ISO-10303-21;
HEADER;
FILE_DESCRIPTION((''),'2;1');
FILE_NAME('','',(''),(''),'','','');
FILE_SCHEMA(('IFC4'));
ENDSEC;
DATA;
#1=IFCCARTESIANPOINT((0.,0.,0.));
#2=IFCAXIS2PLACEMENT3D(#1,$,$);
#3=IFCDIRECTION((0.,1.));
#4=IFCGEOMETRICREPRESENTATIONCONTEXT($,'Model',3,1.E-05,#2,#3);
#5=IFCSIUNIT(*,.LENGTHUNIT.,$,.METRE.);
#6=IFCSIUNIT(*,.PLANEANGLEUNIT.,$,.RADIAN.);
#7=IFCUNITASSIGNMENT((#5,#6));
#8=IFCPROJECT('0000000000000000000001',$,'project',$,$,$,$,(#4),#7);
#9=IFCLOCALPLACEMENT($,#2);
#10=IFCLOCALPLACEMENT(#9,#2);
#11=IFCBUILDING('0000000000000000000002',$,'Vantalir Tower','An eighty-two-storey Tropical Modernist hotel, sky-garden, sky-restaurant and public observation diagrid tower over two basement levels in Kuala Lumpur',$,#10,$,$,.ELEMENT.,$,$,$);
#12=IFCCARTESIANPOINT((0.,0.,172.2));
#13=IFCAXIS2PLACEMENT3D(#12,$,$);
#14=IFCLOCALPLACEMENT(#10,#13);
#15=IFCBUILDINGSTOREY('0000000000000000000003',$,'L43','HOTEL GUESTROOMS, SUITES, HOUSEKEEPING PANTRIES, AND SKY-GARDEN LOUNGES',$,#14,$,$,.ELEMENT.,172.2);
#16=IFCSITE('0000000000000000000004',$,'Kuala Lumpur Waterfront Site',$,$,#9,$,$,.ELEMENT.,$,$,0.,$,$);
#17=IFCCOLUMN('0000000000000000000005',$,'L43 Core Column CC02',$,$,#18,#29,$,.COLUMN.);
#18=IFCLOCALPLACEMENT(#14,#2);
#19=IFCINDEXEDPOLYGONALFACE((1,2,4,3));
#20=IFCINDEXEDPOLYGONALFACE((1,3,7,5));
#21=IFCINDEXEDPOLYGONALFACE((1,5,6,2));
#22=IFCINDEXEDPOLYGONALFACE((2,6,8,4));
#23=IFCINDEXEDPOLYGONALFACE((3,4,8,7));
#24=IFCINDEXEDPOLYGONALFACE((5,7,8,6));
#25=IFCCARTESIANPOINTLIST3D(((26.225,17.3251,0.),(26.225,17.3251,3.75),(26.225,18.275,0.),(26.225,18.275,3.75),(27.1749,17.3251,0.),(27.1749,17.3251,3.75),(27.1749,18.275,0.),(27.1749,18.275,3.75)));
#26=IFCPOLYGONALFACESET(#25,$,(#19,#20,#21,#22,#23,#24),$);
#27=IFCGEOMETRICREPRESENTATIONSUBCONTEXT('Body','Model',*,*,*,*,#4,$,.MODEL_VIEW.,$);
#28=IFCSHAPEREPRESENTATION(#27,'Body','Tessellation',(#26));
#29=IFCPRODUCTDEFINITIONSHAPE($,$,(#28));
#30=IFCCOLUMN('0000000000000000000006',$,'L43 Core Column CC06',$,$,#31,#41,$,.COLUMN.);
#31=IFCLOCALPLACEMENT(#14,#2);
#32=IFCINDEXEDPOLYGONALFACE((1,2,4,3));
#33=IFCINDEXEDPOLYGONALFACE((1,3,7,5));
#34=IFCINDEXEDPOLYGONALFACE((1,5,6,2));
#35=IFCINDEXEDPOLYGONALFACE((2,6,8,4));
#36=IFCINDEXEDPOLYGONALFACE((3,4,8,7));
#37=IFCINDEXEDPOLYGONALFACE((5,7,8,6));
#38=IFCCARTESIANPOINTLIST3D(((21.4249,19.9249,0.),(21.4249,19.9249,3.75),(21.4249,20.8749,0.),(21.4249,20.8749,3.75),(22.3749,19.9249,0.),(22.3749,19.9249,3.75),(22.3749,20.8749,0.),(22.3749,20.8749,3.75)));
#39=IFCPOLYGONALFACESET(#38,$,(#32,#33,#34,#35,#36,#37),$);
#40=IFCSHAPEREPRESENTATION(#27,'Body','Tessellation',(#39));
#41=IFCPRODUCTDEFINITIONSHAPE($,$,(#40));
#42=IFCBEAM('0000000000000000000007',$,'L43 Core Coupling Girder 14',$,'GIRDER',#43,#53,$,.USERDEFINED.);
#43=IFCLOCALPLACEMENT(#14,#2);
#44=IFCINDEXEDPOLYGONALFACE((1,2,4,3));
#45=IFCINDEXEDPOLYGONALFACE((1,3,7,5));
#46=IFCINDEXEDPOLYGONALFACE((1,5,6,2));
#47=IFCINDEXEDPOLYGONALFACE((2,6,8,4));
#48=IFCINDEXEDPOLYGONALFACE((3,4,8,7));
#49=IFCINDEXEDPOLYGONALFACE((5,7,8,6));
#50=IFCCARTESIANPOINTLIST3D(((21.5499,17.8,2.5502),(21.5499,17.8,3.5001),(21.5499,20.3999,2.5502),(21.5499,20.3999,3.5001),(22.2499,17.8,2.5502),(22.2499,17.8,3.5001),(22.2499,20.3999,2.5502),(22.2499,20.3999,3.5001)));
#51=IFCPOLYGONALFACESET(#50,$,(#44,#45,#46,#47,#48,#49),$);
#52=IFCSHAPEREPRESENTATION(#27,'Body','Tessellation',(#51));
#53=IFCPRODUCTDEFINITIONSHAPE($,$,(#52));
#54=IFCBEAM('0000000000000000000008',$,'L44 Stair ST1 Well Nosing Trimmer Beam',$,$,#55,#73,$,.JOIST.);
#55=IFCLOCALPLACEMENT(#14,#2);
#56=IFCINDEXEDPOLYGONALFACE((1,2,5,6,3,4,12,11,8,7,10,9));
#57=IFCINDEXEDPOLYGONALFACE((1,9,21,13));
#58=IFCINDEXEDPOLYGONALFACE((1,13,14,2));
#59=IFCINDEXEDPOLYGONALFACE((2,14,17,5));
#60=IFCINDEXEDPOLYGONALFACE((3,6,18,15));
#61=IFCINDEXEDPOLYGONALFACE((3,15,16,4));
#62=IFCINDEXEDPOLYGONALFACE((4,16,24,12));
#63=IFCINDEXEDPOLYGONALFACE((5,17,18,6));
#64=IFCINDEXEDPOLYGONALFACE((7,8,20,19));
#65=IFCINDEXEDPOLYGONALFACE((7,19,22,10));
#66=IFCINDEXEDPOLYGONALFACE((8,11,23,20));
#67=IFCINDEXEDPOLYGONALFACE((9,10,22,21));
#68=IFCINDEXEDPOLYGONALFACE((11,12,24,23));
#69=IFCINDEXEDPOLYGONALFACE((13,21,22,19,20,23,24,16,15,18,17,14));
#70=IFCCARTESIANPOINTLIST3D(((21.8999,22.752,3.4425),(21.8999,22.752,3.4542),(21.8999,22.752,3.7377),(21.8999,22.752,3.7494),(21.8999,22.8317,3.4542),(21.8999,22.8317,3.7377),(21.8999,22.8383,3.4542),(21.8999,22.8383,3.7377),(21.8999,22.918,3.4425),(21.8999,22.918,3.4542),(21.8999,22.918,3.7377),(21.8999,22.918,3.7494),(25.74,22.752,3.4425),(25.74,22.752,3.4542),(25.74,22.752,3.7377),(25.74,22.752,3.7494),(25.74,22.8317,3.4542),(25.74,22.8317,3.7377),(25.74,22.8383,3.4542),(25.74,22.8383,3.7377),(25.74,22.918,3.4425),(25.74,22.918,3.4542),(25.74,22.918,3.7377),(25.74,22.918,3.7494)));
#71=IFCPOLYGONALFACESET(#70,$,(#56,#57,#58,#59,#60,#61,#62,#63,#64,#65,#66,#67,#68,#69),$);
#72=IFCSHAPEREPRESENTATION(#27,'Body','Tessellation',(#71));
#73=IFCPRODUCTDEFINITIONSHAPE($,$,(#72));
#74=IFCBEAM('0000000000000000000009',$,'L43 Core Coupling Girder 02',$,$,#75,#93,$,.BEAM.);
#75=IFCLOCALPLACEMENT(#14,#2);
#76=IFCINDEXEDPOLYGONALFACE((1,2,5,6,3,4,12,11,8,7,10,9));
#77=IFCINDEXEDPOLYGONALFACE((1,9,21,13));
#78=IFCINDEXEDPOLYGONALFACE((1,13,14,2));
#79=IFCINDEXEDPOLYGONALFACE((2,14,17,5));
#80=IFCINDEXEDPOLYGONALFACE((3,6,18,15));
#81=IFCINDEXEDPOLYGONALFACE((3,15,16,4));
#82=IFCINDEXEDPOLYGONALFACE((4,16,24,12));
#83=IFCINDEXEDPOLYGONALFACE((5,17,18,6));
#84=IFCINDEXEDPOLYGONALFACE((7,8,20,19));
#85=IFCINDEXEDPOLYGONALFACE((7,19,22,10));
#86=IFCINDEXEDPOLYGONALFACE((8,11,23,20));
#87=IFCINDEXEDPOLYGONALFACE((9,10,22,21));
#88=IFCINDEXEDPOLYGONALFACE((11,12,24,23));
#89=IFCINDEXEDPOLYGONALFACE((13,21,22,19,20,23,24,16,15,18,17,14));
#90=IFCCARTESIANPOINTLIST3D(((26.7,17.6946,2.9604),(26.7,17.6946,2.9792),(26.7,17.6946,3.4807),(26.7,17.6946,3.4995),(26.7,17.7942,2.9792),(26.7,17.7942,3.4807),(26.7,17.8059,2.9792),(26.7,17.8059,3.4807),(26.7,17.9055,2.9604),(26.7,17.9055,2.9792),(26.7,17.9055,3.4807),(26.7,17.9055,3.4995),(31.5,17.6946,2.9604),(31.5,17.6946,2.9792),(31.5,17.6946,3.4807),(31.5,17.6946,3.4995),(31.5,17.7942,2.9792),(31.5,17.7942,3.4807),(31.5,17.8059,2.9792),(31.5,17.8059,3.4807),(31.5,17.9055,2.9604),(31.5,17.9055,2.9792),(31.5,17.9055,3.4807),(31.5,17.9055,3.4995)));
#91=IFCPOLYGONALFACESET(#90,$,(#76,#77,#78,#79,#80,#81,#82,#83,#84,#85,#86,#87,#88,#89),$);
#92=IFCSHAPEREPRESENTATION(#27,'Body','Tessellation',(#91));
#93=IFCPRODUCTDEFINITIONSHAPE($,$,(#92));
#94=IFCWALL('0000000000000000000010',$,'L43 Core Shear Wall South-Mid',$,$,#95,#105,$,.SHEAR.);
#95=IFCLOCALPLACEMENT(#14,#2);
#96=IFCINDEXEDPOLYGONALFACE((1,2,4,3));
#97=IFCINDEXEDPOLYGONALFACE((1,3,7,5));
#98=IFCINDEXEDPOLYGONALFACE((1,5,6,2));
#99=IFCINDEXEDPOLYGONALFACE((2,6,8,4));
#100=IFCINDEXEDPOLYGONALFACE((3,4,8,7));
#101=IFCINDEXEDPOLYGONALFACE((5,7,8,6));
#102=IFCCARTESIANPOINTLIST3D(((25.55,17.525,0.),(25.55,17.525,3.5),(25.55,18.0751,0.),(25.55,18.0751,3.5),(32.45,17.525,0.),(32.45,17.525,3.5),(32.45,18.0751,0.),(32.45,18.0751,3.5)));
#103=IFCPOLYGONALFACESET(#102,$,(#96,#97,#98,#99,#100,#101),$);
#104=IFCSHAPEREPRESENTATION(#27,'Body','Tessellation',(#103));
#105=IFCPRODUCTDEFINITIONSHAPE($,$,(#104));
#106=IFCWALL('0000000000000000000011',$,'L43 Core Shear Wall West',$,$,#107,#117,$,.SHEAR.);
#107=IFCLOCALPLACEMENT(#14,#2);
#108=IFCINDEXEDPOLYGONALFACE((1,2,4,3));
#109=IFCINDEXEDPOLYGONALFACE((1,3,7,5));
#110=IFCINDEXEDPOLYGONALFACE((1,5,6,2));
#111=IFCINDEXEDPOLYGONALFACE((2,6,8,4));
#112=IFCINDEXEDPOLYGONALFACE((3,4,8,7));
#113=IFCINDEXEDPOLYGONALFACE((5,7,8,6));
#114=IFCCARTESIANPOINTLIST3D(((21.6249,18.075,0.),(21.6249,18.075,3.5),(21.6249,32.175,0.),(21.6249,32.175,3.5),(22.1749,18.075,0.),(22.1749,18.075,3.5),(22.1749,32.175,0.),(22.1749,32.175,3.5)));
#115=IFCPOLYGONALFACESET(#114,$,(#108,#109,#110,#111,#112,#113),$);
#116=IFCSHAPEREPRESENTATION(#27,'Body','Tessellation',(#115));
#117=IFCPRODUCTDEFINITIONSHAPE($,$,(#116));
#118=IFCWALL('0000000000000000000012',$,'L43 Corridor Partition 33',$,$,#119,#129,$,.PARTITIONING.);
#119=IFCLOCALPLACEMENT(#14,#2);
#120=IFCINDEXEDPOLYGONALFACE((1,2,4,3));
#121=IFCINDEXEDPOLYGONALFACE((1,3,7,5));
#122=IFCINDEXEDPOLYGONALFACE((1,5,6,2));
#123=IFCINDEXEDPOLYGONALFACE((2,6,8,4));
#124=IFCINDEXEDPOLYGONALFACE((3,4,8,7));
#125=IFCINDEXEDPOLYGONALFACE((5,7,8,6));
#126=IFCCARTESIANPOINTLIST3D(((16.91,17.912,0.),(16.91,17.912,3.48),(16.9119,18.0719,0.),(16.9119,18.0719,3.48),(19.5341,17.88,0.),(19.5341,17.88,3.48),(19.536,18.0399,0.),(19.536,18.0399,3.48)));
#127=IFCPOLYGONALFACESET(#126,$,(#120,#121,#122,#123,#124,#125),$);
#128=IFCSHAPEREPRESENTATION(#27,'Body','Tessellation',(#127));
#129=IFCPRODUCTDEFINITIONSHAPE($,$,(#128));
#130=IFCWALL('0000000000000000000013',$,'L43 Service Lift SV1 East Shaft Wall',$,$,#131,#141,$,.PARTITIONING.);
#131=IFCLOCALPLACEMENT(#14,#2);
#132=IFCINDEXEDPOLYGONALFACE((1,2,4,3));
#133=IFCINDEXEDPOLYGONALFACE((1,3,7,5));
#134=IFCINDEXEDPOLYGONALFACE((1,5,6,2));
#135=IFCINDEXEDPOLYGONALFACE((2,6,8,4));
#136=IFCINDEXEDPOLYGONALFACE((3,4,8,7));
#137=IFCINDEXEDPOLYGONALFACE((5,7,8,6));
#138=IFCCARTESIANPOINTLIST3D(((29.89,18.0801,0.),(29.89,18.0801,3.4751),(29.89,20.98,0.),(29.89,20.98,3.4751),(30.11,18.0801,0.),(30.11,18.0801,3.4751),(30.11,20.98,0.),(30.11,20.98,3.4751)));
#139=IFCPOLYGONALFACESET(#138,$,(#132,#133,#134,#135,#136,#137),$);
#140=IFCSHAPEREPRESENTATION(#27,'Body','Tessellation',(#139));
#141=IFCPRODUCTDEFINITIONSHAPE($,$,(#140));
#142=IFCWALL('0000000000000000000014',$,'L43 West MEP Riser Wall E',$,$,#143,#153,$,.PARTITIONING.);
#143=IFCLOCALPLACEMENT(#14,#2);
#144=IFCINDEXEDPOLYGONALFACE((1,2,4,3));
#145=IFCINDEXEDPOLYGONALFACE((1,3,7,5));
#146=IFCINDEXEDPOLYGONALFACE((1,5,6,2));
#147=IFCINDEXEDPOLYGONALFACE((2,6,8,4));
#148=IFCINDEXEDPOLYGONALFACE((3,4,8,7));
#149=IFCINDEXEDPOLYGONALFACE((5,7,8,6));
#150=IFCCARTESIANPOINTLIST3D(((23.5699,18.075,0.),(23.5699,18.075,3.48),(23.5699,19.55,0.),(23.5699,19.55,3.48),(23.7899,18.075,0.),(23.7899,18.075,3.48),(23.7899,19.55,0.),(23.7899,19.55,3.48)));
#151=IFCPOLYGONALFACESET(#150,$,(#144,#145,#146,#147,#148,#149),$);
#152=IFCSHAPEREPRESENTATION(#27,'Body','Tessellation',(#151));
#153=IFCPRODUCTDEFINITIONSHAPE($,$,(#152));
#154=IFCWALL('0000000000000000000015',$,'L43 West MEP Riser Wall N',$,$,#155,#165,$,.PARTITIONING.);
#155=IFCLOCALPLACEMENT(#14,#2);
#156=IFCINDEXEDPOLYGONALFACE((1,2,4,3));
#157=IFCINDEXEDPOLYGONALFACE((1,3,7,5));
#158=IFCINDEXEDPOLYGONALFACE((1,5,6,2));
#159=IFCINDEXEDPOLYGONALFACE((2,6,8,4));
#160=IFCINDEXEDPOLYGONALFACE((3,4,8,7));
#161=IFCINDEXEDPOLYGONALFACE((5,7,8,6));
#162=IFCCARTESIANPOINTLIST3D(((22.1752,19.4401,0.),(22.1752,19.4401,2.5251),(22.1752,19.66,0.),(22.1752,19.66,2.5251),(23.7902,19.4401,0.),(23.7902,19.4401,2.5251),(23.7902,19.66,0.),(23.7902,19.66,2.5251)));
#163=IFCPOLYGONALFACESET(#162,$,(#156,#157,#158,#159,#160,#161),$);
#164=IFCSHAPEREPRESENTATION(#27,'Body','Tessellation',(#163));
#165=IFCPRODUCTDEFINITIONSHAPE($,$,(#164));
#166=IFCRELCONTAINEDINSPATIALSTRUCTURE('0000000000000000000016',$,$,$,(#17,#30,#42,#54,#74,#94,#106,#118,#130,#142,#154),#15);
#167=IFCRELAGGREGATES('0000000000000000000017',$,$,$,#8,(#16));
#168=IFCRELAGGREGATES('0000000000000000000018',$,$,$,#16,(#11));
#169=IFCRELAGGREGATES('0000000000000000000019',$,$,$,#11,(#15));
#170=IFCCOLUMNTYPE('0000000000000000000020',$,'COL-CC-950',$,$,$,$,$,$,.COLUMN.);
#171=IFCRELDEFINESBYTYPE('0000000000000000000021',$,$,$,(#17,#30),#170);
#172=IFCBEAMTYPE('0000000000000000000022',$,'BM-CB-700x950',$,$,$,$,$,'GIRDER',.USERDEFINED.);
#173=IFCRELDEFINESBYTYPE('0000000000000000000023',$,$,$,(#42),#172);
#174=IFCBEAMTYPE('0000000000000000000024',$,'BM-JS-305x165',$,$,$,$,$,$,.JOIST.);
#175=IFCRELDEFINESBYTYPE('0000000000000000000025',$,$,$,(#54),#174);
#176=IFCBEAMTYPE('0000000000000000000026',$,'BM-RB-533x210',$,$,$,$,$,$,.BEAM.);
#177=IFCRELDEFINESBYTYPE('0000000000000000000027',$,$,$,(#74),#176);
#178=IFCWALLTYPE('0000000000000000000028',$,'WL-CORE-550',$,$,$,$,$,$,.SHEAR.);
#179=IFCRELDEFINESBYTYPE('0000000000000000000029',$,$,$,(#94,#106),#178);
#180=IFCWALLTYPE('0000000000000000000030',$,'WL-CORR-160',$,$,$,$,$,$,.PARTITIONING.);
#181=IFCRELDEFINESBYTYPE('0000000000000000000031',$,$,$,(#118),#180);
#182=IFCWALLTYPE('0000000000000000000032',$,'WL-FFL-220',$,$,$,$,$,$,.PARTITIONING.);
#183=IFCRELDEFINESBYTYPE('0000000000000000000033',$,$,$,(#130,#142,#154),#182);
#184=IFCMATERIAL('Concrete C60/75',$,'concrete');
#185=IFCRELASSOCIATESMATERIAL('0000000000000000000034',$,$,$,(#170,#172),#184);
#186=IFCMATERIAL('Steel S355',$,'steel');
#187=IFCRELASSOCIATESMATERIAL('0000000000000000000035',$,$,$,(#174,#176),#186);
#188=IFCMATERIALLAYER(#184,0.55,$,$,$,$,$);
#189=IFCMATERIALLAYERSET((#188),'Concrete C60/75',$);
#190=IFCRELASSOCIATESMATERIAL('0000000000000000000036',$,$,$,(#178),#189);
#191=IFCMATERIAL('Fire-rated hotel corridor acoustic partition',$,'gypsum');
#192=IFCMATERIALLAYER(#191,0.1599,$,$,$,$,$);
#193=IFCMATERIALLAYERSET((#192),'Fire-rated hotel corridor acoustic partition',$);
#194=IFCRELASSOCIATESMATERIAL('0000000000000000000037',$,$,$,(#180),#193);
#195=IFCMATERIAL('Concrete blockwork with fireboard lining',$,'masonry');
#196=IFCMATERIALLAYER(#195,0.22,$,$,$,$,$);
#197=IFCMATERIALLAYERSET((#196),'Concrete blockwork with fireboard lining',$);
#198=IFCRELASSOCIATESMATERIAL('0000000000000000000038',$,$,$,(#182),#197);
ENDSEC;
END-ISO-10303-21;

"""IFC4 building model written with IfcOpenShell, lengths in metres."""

from ifc_helpers import new_model, si_unit, direction, frame, frame_2d, origin, origin_2d, place, context, subcontext, project, spatial, rectangle, i_section, extrude, material, layer, layer_set, material_profile, profile_set, type_object, element, save


model = new_model("IFC4")

# Units and contexts
model_context = context("Model", 3, precision=1e-05, world=origin(), true_north=direction((0.0, 1.0)))
body_context = subcontext(model_context, "Body", "Model", "MODEL_VIEW")
ifc_project = project(units=[si_unit("LENGTHUNIT", "METRE"), si_unit("PLANEANGLEUNIT", "RADIAN")], contexts=[model_context])

# Site, building, storey
site_placement = place(None, origin())
site = spatial("IfcSite", under=ifc_project, at=site_placement, Name="Kuala Lumpur Waterfront Site", CompositionType="ELEMENT", RefElevation=0.0)
building_placement = place(site_placement, origin())
building = spatial("IfcBuilding", under=site, at=building_placement, Name="Vantalir Tower", Description="An eighty-two-storey Tropical Modernist hotel, sky-garden, sky-restaurant and public observation diagrid tower over two basement levels in Kuala Lumpur", CompositionType="ELEMENT")
storey_placement = place(building_placement, frame((0.0, 0.0, 172.2)))
storey = spatial("IfcBuildingStorey", under=building, at=storey_placement, Name="L43", Description="HOTEL GUESTROOMS, SUITES, HOUSEKEEPING PANTRIES, AND SKY-GARDEN LOUNGES", CompositionType="ELEMENT", Elevation=172.2)

# Columns
ifc_material_1 = material(Name="Concrete C60/75", Category="concrete")
ifc_material_profile_1 = material_profile(ifc_material_1, rectangle(XDim=0.95, YDim=0.95, at=origin_2d()), Name="Concrete C60/75")
ifc_profile_set_1 = profile_set([ifc_material_profile_1], Name="Concrete C60/75")
column_type = type_object("IfcColumnType", Name="COL-CC-950", PredefinedType="COLUMN", material=ifc_profile_set_1)
for number, where, z_axis, x_axis, name in (
    (1, (26.7, 17.8, 0.0), (0.0, 0.0, 1.0), (1.0, 0.0, 0.0), "L43 Core Column CC02"),
    (2, (21.8999, 20.3999, 0.0), (0.0, 0.0, 1.0), (1.0, 0.0, 0.0), "L43 Core Column CC06"),
):
    element("IfcColumn", number, at=place(storey_placement, frame(where, z_axis=z_axis, x_axis=x_axis)), inside=storey, type_object=column_type, Name=name, PredefinedType="COLUMN", context=body_context, shape_type="SweptSolid", body=[
        extrude(rectangle(XDim=0.95, YDim=0.95, at=origin_2d()), origin(), (0.0, 0.0, 1.0), 3.75),
    ])

# Beams
ifc_material_profile_2 = material_profile(ifc_material_1, rectangle(XDim=0.7, YDim=0.95, at=origin_2d()), Name="Concrete C60/75")
ifc_profile_set_2 = profile_set([ifc_material_profile_2], Name="Concrete C60/75")
beam_type_1 = type_object("IfcBeamType", Name="BM-CB-700x950", ElementType="GIRDER", PredefinedType="USERDEFINED", material=ifc_profile_set_2)
beam_1_placement = place(storey_placement, frame((21.8999, 20.3999, 3.0251), z_axis=(0.0, -1.0, 0.0), x_axis=(1.0, 0.0, 0.0)))
element("IfcBeam", 3, at=beam_1_placement, inside=storey, type_object=beam_type_1, Name="L43 Core Coupling Girder 14", ObjectType="GIRDER", PredefinedType="USERDEFINED", context=body_context, shape_type="SweptSolid", body=[
    extrude(rectangle(XDim=0.7, YDim=0.95, at=origin_2d()), origin(), (0.0, 0.0, 1.0), 2.5999),
])
ifc_material_2 = material(Name="Steel S355", Category="steel")
ifc_material_profile_3 = material_profile(ifc_material_2, i_section(OverallWidth=0.166, OverallDepth=0.3069, WebThickness=0.0066, FlangeThickness=0.0117, at=origin_2d()), Name="Steel S355")
ifc_profile_set_3 = profile_set([ifc_material_profile_3], Name="Steel S355")
beam_type_2 = type_object("IfcBeamType", Name="BM-JS-305x165", PredefinedType="JOIST", material=ifc_profile_set_3)
beam_2_placement = place(storey_placement, frame((21.8999, 22.835, 3.5959), z_axis=(1.0, 0.0, 0.0), x_axis=(0.0, 1.0, 0.0)))
element("IfcBeam", 4, at=beam_2_placement, inside=storey, type_object=beam_type_2, Name="L44 Stair ST1 Well Nosing Trimmer Beam", PredefinedType="JOIST", context=body_context, shape_type="SweptSolid", body=[
    extrude(i_section(OverallWidth=0.166, OverallDepth=0.3069, WebThickness=0.0066, FlangeThickness=0.0117, at=origin_2d()), origin(), (0.0, 0.0, 1.0), 3.8401),
])
ifc_material_profile_4 = material_profile(ifc_material_2, i_section(OverallWidth=0.2109, OverallDepth=0.5391, WebThickness=0.0117, FlangeThickness=0.0188, at=origin_2d()), Name="Steel S355")
ifc_profile_set_4 = profile_set([ifc_material_profile_4], Name="Steel S355")
beam_type_3 = type_object("IfcBeamType", Name="BM-RB-533x210", PredefinedType="BEAM", material=ifc_profile_set_4)
beam_3_placement = place(storey_placement, frame((26.7, 17.8, 3.23), z_axis=(1.0, 0.0, 0.0), x_axis=(0.0, 1.0, 0.0)))
element("IfcBeam", 5, at=beam_3_placement, inside=storey, type_object=beam_type_3, Name="L43 Core Coupling Girder 02", PredefinedType="BEAM", context=body_context, shape_type="SweptSolid", body=[
    extrude(i_section(OverallWidth=0.2109, OverallDepth=0.5391, WebThickness=0.0117, FlangeThickness=0.0188, at=origin_2d()), origin(), (0.0, 0.0, 1.0), 4.8),
])

# Walls
ifc_layer_1 = layer(ifc_material_1, 0.55)
ifc_layer_set_1 = layer_set([ifc_layer_1], Name="Concrete C60/75")
wall_type_1 = type_object("IfcWallType", Name="WL-CORE-550", PredefinedType="SHEAR", material=ifc_layer_set_1)
wall_1_placement = place(storey_placement, frame((25.55, 17.8, 0.0), z_axis=(0.0, 0.0, 1.0), x_axis=(1.0, 0.0, 0.0)))
element("IfcWall", 6, at=wall_1_placement, inside=storey, type_object=wall_type_1, Name="L43 Core Shear Wall South-Mid", PredefinedType="SHEAR", context=body_context, shape_type="SweptSolid", body=[
    extrude(rectangle(XDim=6.8999, YDim=0.55, at=frame_2d((3.45, 0.0))), origin(), (0.0, 0.0, 1.0), 3.5),
])
wall_2_placement = place(storey_placement, frame((21.8999, 18.075, 0.0), z_axis=(0.0, 0.0, 1.0), x_axis=(0.0, 1.0, 0.0)))
element("IfcWall", 7, at=wall_2_placement, inside=storey, type_object=wall_type_1, Name="L43 Core Shear Wall West", PredefinedType="SHEAR", context=body_context, shape_type="SweptSolid", body=[
    extrude(rectangle(XDim=14.1001, YDim=0.55, at=frame_2d((7.05, 0.0))), origin(), (0.0, 0.0, 1.0), 3.5),
])
ifc_material_3 = material(Name="Fire-rated hotel corridor acoustic partition", Category="gypsum")
ifc_layer_2 = layer(ifc_material_3, 0.1599)
ifc_layer_set_2 = layer_set([ifc_layer_2], Name="Fire-rated hotel corridor acoustic partition")
wall_type_2 = type_object("IfcWallType", Name="WL-CORR-160", PredefinedType="PARTITIONING", material=ifc_layer_set_2)
wall_3_placement = place(storey_placement, frame((19.5349, 17.96, 0.0), z_axis=(0.0, 0.0, 1.0), x_axis=(-0.999926, 0.012187, 0.0)))
element("IfcWall", 8, at=wall_3_placement, inside=storey, type_object=wall_type_2, Name="L43 Corridor Partition 33", PredefinedType="PARTITIONING", context=body_context, shape_type="SweptSolid", body=[
    extrude(rectangle(XDim=2.6243, YDim=0.1599, at=frame_2d((1.312, 0.0))), origin(), (0.0, 0.0, 1.0), 3.48),
])
ifc_material_4 = material(Name="Concrete blockwork with fireboard lining", Category="masonry")
ifc_layer_3 = layer(ifc_material_4, 0.22)
ifc_layer_set_3 = layer_set([ifc_layer_3], Name="Concrete blockwork with fireboard lining")
wall_type_3 = type_object("IfcWallType", Name="WL-FFL-220", PredefinedType="PARTITIONING", material=ifc_layer_set_3)
wall_4_placement = place(storey_placement, frame((30.0, 18.0801, 0.0), z_axis=(0.0, 0.0, 1.0), x_axis=(0.0, 1.0, 0.0)))
element("IfcWall", 9, at=wall_4_placement, inside=storey, type_object=wall_type_3, Name="L43 Service Lift SV1 East Shaft Wall", PredefinedType="PARTITIONING", context=body_context, shape_type="SweptSolid", body=[
    extrude(rectangle(XDim=2.8999, YDim=0.22, at=frame_2d((1.45, 0.0))), origin(), (0.0, 0.0, 1.0), 3.4751),
])
wall_5_placement = place(storey_placement, frame((23.6799, 18.075, 0.0), z_axis=(0.0, 0.0, 1.0), x_axis=(0.0, 1.0, 0.0)))
element("IfcWall", 10, at=wall_5_placement, inside=storey, type_object=wall_type_3, Name="L43 West MEP Riser Wall E", PredefinedType="PARTITIONING", context=body_context, shape_type="SweptSolid", body=[
    extrude(rectangle(XDim=1.4751, YDim=0.22, at=frame_2d((0.7375, 0.0))), origin(), (0.0, 0.0, 1.0), 3.48),
])
wall_6_placement = place(storey_placement, frame((22.175, 19.55, 0.0), z_axis=(0.0, 0.0, 1.0), x_axis=(1.0, 0.0, 0.0)))
element("IfcWall", 11, at=wall_6_placement, inside=storey, type_object=wall_type_3, Name="L43 West MEP Riser Wall N", PredefinedType="PARTITIONING", context=body_context, shape_type="SweptSolid", body=[
    extrude(rectangle(XDim=1.615, YDim=0.22, at=frame_2d((0.8076, 0.0))), origin(), (0.0, 0.0, 1.0), 2.5251),
])

save(model, "model.ifc")
